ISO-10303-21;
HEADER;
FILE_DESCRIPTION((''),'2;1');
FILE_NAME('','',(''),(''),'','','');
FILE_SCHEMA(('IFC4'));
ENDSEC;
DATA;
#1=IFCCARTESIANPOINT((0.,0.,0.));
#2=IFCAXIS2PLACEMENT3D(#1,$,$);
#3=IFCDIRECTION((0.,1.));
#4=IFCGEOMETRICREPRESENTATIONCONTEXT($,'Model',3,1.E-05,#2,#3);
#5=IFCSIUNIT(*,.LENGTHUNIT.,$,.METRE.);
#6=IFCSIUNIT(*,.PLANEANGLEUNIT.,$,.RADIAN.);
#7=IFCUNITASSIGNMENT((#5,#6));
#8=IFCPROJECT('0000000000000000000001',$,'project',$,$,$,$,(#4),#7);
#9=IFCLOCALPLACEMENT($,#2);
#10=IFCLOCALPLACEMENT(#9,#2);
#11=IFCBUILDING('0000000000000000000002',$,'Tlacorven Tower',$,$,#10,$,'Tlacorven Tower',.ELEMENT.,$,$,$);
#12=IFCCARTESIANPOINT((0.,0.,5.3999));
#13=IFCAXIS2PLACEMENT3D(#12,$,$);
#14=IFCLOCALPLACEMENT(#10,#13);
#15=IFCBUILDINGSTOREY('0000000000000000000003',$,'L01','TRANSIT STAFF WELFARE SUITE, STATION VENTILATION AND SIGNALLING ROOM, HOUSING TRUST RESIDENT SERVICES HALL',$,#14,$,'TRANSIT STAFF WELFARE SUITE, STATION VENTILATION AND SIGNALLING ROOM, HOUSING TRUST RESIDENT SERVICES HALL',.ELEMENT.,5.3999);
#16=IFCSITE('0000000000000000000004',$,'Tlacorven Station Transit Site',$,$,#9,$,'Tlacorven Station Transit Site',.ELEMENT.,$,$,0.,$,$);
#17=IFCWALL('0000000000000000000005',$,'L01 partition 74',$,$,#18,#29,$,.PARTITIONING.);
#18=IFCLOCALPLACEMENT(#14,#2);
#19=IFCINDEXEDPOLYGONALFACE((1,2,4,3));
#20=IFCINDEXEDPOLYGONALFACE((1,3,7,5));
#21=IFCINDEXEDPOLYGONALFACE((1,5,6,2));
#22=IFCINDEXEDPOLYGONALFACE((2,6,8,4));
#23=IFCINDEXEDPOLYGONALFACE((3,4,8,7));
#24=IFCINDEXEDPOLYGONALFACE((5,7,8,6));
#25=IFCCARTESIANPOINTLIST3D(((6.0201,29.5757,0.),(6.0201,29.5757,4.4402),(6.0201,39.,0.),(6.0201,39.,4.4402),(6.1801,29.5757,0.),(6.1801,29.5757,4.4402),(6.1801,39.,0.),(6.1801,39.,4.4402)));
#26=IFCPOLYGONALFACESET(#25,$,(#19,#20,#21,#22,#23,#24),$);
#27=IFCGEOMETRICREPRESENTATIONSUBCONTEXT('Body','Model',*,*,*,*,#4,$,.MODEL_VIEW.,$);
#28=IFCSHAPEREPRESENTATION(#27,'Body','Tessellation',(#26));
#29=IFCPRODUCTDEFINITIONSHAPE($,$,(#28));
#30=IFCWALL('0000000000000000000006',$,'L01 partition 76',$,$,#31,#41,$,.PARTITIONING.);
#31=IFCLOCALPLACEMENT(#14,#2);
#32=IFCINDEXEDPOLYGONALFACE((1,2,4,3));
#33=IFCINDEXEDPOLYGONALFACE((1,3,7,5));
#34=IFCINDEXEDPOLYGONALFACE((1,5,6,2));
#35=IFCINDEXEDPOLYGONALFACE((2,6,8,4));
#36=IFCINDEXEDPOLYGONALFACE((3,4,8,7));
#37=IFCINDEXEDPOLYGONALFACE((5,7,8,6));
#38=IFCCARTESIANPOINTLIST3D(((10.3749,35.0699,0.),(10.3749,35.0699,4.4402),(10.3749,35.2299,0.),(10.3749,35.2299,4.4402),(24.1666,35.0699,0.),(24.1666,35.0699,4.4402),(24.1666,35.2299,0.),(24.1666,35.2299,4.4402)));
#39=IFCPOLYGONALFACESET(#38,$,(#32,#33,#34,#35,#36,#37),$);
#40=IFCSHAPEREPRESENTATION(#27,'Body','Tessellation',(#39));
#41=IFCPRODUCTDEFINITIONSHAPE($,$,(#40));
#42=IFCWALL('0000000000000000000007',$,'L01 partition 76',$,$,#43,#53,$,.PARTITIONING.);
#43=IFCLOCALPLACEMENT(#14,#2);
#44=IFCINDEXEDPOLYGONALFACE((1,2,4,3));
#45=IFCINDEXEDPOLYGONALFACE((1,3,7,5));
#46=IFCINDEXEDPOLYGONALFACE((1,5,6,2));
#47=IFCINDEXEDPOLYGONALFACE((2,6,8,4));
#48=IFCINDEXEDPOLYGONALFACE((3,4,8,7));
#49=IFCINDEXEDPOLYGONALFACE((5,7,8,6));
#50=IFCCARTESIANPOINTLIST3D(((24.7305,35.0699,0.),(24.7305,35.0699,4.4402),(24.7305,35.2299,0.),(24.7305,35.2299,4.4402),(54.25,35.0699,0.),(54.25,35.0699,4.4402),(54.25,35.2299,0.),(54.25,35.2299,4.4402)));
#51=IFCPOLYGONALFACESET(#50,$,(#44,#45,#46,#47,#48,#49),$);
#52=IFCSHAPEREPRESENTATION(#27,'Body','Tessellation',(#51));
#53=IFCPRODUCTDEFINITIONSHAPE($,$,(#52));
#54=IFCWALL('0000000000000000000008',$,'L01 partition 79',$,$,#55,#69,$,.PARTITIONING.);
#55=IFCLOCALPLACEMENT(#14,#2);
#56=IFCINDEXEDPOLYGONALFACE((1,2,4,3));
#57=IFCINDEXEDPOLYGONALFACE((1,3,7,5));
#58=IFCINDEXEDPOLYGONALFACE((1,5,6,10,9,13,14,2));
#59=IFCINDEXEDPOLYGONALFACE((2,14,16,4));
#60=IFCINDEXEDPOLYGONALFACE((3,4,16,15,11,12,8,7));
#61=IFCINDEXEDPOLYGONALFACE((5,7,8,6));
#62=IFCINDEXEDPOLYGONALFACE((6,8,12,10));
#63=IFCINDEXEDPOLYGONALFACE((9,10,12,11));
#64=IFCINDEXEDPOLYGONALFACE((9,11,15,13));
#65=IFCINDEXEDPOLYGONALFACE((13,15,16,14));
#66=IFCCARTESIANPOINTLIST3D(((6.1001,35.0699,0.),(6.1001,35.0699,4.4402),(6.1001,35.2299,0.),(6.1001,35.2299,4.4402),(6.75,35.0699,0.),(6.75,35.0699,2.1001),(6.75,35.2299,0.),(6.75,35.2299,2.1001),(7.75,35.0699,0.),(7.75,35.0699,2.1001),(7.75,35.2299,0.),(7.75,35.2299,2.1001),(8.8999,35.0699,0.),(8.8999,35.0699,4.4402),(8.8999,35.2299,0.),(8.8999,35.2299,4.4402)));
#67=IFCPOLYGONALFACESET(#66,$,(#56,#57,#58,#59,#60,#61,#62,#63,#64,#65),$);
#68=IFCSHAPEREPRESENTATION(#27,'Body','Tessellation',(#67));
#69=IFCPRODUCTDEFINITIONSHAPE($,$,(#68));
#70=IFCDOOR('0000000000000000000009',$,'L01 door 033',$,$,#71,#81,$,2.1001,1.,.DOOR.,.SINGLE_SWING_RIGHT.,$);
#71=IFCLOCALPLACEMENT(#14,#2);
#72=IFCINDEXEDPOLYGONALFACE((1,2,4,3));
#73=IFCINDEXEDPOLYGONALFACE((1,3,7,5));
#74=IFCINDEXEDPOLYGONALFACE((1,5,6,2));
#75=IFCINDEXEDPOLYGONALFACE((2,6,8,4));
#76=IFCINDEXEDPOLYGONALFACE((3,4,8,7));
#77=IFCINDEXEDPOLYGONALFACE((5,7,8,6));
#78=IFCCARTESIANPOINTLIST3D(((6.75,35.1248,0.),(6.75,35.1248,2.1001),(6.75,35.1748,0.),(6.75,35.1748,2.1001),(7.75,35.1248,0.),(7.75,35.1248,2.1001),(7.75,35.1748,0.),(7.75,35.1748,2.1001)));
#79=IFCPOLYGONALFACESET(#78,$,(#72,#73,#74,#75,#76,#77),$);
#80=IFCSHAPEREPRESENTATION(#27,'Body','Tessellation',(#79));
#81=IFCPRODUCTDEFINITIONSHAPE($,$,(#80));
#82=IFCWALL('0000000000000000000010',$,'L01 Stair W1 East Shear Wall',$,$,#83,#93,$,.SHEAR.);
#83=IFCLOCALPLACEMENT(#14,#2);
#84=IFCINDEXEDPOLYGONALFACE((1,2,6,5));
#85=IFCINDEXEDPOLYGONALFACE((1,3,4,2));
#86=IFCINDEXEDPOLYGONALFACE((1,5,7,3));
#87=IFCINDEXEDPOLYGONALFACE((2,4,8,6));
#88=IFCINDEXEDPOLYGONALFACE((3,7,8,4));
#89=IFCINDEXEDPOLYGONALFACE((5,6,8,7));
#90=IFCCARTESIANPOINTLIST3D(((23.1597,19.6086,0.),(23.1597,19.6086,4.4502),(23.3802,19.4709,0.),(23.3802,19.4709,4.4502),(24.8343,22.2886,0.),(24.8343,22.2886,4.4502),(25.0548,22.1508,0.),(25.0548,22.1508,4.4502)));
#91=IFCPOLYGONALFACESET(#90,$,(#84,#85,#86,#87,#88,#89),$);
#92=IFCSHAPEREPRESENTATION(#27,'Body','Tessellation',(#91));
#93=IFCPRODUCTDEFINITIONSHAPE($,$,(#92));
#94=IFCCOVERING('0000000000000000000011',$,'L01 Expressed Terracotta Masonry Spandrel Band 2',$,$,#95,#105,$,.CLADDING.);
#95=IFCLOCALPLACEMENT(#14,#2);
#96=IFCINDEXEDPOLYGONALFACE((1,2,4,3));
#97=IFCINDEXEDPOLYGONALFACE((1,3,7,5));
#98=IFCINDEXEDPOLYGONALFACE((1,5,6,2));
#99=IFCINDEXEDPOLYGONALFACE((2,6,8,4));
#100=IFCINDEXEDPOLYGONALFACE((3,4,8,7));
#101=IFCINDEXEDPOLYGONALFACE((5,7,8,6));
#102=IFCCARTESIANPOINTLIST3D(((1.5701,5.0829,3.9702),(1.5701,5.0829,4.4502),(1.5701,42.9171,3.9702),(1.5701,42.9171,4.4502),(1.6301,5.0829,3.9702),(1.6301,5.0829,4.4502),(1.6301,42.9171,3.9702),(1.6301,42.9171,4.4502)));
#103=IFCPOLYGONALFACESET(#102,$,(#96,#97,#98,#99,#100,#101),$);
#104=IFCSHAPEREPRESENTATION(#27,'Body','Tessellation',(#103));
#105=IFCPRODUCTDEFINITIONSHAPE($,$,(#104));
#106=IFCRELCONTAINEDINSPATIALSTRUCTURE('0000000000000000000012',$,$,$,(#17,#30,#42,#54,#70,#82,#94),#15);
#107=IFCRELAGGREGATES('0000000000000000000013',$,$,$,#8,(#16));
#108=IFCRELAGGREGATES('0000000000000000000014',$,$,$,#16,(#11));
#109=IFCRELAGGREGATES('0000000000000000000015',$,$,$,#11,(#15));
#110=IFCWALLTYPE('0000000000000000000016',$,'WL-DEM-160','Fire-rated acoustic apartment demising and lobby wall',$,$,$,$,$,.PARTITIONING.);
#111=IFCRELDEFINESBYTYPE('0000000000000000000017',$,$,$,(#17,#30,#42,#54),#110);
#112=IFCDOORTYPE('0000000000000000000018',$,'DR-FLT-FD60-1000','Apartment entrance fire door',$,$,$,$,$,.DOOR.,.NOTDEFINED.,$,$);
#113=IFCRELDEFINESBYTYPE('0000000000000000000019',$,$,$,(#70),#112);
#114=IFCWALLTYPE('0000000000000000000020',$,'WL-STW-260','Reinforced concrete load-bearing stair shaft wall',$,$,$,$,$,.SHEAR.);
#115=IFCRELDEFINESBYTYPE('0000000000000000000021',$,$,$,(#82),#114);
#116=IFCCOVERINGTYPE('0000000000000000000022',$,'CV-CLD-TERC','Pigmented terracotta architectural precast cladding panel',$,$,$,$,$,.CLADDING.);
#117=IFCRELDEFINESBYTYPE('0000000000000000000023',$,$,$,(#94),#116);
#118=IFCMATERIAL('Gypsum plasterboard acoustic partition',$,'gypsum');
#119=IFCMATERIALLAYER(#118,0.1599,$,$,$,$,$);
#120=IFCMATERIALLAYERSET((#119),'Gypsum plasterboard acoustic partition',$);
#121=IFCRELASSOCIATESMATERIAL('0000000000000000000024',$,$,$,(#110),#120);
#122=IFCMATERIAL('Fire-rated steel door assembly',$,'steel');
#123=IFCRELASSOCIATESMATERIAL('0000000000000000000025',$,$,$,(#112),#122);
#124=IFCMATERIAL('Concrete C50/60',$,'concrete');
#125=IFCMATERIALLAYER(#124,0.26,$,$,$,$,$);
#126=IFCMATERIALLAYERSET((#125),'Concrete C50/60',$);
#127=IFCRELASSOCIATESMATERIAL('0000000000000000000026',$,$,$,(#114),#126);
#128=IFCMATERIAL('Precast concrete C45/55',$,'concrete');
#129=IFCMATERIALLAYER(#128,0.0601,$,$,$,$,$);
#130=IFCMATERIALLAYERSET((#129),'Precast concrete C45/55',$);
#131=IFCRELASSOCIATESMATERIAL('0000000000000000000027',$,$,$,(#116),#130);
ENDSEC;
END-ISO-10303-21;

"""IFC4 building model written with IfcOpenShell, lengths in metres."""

from ifc_helpers import new_model, si_unit, direction, frame, frame_2d, origin, origin_2d, place, context, subcontext, project, spatial, rectangle, extrude, source, transform, mapped, material, layer, layer_set, type_object, element, fill, save


model = new_model("IFC4")

# Units and contexts
model_context = context("Model", 3, precision=1e-05, world=origin(), true_north=direction((0.0, 1.0)))
body_context = subcontext(model_context, "Body", "Model", "MODEL_VIEW")
ifc_project = project(units=[si_unit("LENGTHUNIT", "METRE"), si_unit("PLANEANGLEUNIT", "RADIAN")], contexts=[model_context])

# Site, building, storey
site_placement = place(None, origin())
site = spatial("IfcSite", under=ifc_project, at=site_placement, Name="Tlacorven Station Transit Site", LongName="Tlacorven Station Transit Site", CompositionType="ELEMENT", RefElevation=0.0)
building_placement = place(site_placement, origin())
building = spatial("IfcBuilding", under=site, at=building_placement, Name="Tlacorven Tower", LongName="Tlacorven Tower", CompositionType="ELEMENT")
storey_placement = place(building_placement, frame((0.0, 0.0, 5.3999)))
storey = spatial("IfcBuildingStorey", under=building, at=storey_placement, Name="L01", Description="TRANSIT STAFF WELFARE SUITE, STATION VENTILATION AND SIGNALLING ROOM, HOUSING TRUST RESIDENT SERVICES HALL", LongName="TRANSIT STAFF WELFARE SUITE, STATION VENTILATION AND SIGNALLING ROOM, HOUSING TRUST RESIDENT SERVICES HALL", CompositionType="ELEMENT", Elevation=5.3999)

# Walls
ifc_material_1 = material(Name="Gypsum plasterboard acoustic partition", Category="gypsum")
ifc_layer_1 = layer(ifc_material_1, 0.1599)
ifc_layer_set_1 = layer_set([ifc_layer_1], Name="Gypsum plasterboard acoustic partition")
wall_type_1 = type_object("IfcWallType", Name="WL-DEM-160", Description="Fire-rated acoustic apartment demising and lobby wall", PredefinedType="PARTITIONING", material=ifc_layer_set_1)
wall_1_placement = place(storey_placement, frame((6.1001, 29.5757, 0.0), z_axis=(0.0, 0.0, 1.0), x_axis=(0.0, 1.0, 0.0)))
element("IfcWall", 1, at=wall_1_placement, inside=storey, type_object=wall_type_1, Name="L01 partition 74", PredefinedType="PARTITIONING", context=body_context, shape_type="SweptSolid", body=[
    extrude(rectangle(XDim=9.4243, YDim=0.1599, at=frame_2d((4.7122, 0.0))), origin(), (0.0, 0.0, 1.0), 4.4402),
])
wall_2_placement = place(storey_placement, frame((10.3748, 35.1499, 0.0), z_axis=(0.0, 0.0, 1.0), x_axis=(1.0, 0.0, 0.0)))
element("IfcWall", 2, at=wall_2_placement, inside=storey, type_object=wall_type_1, Name="L01 partition 76", PredefinedType="PARTITIONING", context=body_context, shape_type="SweptSolid", body=[
    extrude(rectangle(XDim=13.7917, YDim=0.1599, at=frame_2d((6.896, 0.0))), origin(), (0.0, 0.0, 1.0), 4.4402),
])
wall_3_placement = place(storey_placement, frame((24.7305, 35.1499, 0.0), z_axis=(0.0, 0.0, 1.0), x_axis=(1.0, 0.0, 0.0)))
element("IfcWall", 3, at=wall_3_placement, inside=storey, type_object=wall_type_1, Name="L01 partition 76", PredefinedType="PARTITIONING", context=body_context, shape_type="SweptSolid", body=[
    extrude(rectangle(XDim=29.5195, YDim=0.1599, at=frame_2d((14.7598, 0.0))), origin(), (0.0, 0.0, 1.0), 4.4402),
])

# Wall, opening, door
wall_4_placement = place(storey_placement, frame((6.1001, 35.1499, 0.0), z_axis=(0.0, 0.0, 1.0), x_axis=(1.0, 0.0, 0.0)))
wall_4 = element("IfcWall", 4, at=wall_4_placement, inside=storey, type_object=wall_type_1, Name="L01 partition 79", PredefinedType="PARTITIONING", context=body_context, shape_type="SweptSolid", body=[
    extrude(rectangle(XDim=2.7998, YDim=0.1599, at=frame_2d((1.3999, 0.0))), origin(), (0.0, 0.0, 1.0), 4.4402),
])
opening_placement = place(wall_4_placement, frame((0.6499, 0.0, 0.0)))
opening = element("IfcOpeningElement", 5, at=opening_placement, cuts=wall_4, PredefinedType="OPENING", context=body_context, shape_type="SweptSolid", body=[
    extrude(rectangle(XDim=1.0, YDim=2.1001, at=frame_2d((0.5, 1.05))), frame((0.0, 0.0898, 0.0), z_axis=(0.0, -1.0, 0.0), x_axis=(1.0, 0.0, 0.0)), (0.0, 0.0, 1.0), 0.1799),
])
ifc_material_2 = material(Name="Fire-rated steel door assembly", Category="steel")
door_type = type_object("IfcDoorType", Name="DR-FLT-FD60-1000", Description="Apartment entrance fire door", OperationType="NOTDEFINED", PredefinedType="DOOR", material=ifc_material_2)
shared_shape_1 = source(origin(), body_context, "Body", "SweptSolid", [
    extrude(rectangle(XDim=1.0, YDim=2.1001, at=frame_2d((0.5, 1.05))), frame((0.0, 0.0249, 0.0), z_axis=(0.0, -1.0, 0.0), x_axis=(1.0, 0.0, 0.0)), (0.0, 0.0, 1.0), 0.05),
])
door_placement = place(opening_placement, origin())
door = element("IfcDoor", 6, at=door_placement, inside=storey, type_object=door_type, Name="L01 door 033", OperationType="SINGLE_SWING_RIGHT", OverallHeight=2.1001, OverallWidth=1.0, PredefinedType="DOOR", context=body_context, shape_type="MappedRepresentation", body=[
    mapped(shared_shape_1, transform((0.0, 0.0, 0.0), scale=1.0)),
])
fill(opening, door)

# Wall
ifc_material_3 = material(Name="Concrete C50/60", Category="concrete")
ifc_layer_2 = layer(ifc_material_3, 0.26)
ifc_layer_set_2 = layer_set([ifc_layer_2], Name="Concrete C50/60")
wall_type_2 = type_object("IfcWallType", Name="WL-STW-260", Description="Reinforced concrete load-bearing stair shaft wall", PredefinedType="SHEAR", material=ifc_layer_set_2)
wall_5_placement = place(storey_placement, frame((24.9446, 22.2197, 0.0), z_axis=(0.0, 0.0, 1.0), x_axis=(-0.529909, -0.848055, 0.0)))
element("IfcWall", 7, at=wall_5_placement, inside=storey, type_object=wall_type_2, Name="L01 Stair W1 East Shear Wall", PredefinedType="SHEAR", context=body_context, shape_type="SweptSolid", body=[
    extrude(rectangle(XDim=3.1602, YDim=0.26, at=frame_2d((1.5801, 0.0))), origin(), (0.0, 0.0, 1.0), 4.4502),
])

# Covering
ifc_material_4 = material(Name="Precast concrete C45/55", Category="concrete")
ifc_layer_3 = layer(ifc_material_4, 0.0601)
ifc_layer_set_3 = layer_set([ifc_layer_3], Name="Precast concrete C45/55")
covering_type = type_object("IfcCoveringType", Name="CV-CLD-TERC", Description="Pigmented terracotta architectural precast cladding panel", PredefinedType="CLADDING", material=ifc_layer_set_3)
shared_shape_2 = source(origin(), body_context, "Body", "SweptSolid", [
    extrude(rectangle(XDim=37.8342, YDim=0.0601, at=origin_2d()), origin(), (0.0, 0.0, 1.0), 0.48),
])
covering_placement = place(storey_placement, frame((1.6001, 24.0, 3.9702), z_axis=(0.0, 0.0, 1.0), x_axis=(0.0, 1.0, 0.0)))
element("IfcCovering", 8, at=covering_placement, inside=storey, type_object=covering_type, Name="L01 Expressed Terracotta Masonry Spandrel Band 2", PredefinedType="CLADDING", context=body_context, shape_type="MappedRepresentation", body=[
    mapped(shared_shape_2, transform((0.0, 0.0, 0.0), scale=1.0)),
])

save(model, "model.ifc")
